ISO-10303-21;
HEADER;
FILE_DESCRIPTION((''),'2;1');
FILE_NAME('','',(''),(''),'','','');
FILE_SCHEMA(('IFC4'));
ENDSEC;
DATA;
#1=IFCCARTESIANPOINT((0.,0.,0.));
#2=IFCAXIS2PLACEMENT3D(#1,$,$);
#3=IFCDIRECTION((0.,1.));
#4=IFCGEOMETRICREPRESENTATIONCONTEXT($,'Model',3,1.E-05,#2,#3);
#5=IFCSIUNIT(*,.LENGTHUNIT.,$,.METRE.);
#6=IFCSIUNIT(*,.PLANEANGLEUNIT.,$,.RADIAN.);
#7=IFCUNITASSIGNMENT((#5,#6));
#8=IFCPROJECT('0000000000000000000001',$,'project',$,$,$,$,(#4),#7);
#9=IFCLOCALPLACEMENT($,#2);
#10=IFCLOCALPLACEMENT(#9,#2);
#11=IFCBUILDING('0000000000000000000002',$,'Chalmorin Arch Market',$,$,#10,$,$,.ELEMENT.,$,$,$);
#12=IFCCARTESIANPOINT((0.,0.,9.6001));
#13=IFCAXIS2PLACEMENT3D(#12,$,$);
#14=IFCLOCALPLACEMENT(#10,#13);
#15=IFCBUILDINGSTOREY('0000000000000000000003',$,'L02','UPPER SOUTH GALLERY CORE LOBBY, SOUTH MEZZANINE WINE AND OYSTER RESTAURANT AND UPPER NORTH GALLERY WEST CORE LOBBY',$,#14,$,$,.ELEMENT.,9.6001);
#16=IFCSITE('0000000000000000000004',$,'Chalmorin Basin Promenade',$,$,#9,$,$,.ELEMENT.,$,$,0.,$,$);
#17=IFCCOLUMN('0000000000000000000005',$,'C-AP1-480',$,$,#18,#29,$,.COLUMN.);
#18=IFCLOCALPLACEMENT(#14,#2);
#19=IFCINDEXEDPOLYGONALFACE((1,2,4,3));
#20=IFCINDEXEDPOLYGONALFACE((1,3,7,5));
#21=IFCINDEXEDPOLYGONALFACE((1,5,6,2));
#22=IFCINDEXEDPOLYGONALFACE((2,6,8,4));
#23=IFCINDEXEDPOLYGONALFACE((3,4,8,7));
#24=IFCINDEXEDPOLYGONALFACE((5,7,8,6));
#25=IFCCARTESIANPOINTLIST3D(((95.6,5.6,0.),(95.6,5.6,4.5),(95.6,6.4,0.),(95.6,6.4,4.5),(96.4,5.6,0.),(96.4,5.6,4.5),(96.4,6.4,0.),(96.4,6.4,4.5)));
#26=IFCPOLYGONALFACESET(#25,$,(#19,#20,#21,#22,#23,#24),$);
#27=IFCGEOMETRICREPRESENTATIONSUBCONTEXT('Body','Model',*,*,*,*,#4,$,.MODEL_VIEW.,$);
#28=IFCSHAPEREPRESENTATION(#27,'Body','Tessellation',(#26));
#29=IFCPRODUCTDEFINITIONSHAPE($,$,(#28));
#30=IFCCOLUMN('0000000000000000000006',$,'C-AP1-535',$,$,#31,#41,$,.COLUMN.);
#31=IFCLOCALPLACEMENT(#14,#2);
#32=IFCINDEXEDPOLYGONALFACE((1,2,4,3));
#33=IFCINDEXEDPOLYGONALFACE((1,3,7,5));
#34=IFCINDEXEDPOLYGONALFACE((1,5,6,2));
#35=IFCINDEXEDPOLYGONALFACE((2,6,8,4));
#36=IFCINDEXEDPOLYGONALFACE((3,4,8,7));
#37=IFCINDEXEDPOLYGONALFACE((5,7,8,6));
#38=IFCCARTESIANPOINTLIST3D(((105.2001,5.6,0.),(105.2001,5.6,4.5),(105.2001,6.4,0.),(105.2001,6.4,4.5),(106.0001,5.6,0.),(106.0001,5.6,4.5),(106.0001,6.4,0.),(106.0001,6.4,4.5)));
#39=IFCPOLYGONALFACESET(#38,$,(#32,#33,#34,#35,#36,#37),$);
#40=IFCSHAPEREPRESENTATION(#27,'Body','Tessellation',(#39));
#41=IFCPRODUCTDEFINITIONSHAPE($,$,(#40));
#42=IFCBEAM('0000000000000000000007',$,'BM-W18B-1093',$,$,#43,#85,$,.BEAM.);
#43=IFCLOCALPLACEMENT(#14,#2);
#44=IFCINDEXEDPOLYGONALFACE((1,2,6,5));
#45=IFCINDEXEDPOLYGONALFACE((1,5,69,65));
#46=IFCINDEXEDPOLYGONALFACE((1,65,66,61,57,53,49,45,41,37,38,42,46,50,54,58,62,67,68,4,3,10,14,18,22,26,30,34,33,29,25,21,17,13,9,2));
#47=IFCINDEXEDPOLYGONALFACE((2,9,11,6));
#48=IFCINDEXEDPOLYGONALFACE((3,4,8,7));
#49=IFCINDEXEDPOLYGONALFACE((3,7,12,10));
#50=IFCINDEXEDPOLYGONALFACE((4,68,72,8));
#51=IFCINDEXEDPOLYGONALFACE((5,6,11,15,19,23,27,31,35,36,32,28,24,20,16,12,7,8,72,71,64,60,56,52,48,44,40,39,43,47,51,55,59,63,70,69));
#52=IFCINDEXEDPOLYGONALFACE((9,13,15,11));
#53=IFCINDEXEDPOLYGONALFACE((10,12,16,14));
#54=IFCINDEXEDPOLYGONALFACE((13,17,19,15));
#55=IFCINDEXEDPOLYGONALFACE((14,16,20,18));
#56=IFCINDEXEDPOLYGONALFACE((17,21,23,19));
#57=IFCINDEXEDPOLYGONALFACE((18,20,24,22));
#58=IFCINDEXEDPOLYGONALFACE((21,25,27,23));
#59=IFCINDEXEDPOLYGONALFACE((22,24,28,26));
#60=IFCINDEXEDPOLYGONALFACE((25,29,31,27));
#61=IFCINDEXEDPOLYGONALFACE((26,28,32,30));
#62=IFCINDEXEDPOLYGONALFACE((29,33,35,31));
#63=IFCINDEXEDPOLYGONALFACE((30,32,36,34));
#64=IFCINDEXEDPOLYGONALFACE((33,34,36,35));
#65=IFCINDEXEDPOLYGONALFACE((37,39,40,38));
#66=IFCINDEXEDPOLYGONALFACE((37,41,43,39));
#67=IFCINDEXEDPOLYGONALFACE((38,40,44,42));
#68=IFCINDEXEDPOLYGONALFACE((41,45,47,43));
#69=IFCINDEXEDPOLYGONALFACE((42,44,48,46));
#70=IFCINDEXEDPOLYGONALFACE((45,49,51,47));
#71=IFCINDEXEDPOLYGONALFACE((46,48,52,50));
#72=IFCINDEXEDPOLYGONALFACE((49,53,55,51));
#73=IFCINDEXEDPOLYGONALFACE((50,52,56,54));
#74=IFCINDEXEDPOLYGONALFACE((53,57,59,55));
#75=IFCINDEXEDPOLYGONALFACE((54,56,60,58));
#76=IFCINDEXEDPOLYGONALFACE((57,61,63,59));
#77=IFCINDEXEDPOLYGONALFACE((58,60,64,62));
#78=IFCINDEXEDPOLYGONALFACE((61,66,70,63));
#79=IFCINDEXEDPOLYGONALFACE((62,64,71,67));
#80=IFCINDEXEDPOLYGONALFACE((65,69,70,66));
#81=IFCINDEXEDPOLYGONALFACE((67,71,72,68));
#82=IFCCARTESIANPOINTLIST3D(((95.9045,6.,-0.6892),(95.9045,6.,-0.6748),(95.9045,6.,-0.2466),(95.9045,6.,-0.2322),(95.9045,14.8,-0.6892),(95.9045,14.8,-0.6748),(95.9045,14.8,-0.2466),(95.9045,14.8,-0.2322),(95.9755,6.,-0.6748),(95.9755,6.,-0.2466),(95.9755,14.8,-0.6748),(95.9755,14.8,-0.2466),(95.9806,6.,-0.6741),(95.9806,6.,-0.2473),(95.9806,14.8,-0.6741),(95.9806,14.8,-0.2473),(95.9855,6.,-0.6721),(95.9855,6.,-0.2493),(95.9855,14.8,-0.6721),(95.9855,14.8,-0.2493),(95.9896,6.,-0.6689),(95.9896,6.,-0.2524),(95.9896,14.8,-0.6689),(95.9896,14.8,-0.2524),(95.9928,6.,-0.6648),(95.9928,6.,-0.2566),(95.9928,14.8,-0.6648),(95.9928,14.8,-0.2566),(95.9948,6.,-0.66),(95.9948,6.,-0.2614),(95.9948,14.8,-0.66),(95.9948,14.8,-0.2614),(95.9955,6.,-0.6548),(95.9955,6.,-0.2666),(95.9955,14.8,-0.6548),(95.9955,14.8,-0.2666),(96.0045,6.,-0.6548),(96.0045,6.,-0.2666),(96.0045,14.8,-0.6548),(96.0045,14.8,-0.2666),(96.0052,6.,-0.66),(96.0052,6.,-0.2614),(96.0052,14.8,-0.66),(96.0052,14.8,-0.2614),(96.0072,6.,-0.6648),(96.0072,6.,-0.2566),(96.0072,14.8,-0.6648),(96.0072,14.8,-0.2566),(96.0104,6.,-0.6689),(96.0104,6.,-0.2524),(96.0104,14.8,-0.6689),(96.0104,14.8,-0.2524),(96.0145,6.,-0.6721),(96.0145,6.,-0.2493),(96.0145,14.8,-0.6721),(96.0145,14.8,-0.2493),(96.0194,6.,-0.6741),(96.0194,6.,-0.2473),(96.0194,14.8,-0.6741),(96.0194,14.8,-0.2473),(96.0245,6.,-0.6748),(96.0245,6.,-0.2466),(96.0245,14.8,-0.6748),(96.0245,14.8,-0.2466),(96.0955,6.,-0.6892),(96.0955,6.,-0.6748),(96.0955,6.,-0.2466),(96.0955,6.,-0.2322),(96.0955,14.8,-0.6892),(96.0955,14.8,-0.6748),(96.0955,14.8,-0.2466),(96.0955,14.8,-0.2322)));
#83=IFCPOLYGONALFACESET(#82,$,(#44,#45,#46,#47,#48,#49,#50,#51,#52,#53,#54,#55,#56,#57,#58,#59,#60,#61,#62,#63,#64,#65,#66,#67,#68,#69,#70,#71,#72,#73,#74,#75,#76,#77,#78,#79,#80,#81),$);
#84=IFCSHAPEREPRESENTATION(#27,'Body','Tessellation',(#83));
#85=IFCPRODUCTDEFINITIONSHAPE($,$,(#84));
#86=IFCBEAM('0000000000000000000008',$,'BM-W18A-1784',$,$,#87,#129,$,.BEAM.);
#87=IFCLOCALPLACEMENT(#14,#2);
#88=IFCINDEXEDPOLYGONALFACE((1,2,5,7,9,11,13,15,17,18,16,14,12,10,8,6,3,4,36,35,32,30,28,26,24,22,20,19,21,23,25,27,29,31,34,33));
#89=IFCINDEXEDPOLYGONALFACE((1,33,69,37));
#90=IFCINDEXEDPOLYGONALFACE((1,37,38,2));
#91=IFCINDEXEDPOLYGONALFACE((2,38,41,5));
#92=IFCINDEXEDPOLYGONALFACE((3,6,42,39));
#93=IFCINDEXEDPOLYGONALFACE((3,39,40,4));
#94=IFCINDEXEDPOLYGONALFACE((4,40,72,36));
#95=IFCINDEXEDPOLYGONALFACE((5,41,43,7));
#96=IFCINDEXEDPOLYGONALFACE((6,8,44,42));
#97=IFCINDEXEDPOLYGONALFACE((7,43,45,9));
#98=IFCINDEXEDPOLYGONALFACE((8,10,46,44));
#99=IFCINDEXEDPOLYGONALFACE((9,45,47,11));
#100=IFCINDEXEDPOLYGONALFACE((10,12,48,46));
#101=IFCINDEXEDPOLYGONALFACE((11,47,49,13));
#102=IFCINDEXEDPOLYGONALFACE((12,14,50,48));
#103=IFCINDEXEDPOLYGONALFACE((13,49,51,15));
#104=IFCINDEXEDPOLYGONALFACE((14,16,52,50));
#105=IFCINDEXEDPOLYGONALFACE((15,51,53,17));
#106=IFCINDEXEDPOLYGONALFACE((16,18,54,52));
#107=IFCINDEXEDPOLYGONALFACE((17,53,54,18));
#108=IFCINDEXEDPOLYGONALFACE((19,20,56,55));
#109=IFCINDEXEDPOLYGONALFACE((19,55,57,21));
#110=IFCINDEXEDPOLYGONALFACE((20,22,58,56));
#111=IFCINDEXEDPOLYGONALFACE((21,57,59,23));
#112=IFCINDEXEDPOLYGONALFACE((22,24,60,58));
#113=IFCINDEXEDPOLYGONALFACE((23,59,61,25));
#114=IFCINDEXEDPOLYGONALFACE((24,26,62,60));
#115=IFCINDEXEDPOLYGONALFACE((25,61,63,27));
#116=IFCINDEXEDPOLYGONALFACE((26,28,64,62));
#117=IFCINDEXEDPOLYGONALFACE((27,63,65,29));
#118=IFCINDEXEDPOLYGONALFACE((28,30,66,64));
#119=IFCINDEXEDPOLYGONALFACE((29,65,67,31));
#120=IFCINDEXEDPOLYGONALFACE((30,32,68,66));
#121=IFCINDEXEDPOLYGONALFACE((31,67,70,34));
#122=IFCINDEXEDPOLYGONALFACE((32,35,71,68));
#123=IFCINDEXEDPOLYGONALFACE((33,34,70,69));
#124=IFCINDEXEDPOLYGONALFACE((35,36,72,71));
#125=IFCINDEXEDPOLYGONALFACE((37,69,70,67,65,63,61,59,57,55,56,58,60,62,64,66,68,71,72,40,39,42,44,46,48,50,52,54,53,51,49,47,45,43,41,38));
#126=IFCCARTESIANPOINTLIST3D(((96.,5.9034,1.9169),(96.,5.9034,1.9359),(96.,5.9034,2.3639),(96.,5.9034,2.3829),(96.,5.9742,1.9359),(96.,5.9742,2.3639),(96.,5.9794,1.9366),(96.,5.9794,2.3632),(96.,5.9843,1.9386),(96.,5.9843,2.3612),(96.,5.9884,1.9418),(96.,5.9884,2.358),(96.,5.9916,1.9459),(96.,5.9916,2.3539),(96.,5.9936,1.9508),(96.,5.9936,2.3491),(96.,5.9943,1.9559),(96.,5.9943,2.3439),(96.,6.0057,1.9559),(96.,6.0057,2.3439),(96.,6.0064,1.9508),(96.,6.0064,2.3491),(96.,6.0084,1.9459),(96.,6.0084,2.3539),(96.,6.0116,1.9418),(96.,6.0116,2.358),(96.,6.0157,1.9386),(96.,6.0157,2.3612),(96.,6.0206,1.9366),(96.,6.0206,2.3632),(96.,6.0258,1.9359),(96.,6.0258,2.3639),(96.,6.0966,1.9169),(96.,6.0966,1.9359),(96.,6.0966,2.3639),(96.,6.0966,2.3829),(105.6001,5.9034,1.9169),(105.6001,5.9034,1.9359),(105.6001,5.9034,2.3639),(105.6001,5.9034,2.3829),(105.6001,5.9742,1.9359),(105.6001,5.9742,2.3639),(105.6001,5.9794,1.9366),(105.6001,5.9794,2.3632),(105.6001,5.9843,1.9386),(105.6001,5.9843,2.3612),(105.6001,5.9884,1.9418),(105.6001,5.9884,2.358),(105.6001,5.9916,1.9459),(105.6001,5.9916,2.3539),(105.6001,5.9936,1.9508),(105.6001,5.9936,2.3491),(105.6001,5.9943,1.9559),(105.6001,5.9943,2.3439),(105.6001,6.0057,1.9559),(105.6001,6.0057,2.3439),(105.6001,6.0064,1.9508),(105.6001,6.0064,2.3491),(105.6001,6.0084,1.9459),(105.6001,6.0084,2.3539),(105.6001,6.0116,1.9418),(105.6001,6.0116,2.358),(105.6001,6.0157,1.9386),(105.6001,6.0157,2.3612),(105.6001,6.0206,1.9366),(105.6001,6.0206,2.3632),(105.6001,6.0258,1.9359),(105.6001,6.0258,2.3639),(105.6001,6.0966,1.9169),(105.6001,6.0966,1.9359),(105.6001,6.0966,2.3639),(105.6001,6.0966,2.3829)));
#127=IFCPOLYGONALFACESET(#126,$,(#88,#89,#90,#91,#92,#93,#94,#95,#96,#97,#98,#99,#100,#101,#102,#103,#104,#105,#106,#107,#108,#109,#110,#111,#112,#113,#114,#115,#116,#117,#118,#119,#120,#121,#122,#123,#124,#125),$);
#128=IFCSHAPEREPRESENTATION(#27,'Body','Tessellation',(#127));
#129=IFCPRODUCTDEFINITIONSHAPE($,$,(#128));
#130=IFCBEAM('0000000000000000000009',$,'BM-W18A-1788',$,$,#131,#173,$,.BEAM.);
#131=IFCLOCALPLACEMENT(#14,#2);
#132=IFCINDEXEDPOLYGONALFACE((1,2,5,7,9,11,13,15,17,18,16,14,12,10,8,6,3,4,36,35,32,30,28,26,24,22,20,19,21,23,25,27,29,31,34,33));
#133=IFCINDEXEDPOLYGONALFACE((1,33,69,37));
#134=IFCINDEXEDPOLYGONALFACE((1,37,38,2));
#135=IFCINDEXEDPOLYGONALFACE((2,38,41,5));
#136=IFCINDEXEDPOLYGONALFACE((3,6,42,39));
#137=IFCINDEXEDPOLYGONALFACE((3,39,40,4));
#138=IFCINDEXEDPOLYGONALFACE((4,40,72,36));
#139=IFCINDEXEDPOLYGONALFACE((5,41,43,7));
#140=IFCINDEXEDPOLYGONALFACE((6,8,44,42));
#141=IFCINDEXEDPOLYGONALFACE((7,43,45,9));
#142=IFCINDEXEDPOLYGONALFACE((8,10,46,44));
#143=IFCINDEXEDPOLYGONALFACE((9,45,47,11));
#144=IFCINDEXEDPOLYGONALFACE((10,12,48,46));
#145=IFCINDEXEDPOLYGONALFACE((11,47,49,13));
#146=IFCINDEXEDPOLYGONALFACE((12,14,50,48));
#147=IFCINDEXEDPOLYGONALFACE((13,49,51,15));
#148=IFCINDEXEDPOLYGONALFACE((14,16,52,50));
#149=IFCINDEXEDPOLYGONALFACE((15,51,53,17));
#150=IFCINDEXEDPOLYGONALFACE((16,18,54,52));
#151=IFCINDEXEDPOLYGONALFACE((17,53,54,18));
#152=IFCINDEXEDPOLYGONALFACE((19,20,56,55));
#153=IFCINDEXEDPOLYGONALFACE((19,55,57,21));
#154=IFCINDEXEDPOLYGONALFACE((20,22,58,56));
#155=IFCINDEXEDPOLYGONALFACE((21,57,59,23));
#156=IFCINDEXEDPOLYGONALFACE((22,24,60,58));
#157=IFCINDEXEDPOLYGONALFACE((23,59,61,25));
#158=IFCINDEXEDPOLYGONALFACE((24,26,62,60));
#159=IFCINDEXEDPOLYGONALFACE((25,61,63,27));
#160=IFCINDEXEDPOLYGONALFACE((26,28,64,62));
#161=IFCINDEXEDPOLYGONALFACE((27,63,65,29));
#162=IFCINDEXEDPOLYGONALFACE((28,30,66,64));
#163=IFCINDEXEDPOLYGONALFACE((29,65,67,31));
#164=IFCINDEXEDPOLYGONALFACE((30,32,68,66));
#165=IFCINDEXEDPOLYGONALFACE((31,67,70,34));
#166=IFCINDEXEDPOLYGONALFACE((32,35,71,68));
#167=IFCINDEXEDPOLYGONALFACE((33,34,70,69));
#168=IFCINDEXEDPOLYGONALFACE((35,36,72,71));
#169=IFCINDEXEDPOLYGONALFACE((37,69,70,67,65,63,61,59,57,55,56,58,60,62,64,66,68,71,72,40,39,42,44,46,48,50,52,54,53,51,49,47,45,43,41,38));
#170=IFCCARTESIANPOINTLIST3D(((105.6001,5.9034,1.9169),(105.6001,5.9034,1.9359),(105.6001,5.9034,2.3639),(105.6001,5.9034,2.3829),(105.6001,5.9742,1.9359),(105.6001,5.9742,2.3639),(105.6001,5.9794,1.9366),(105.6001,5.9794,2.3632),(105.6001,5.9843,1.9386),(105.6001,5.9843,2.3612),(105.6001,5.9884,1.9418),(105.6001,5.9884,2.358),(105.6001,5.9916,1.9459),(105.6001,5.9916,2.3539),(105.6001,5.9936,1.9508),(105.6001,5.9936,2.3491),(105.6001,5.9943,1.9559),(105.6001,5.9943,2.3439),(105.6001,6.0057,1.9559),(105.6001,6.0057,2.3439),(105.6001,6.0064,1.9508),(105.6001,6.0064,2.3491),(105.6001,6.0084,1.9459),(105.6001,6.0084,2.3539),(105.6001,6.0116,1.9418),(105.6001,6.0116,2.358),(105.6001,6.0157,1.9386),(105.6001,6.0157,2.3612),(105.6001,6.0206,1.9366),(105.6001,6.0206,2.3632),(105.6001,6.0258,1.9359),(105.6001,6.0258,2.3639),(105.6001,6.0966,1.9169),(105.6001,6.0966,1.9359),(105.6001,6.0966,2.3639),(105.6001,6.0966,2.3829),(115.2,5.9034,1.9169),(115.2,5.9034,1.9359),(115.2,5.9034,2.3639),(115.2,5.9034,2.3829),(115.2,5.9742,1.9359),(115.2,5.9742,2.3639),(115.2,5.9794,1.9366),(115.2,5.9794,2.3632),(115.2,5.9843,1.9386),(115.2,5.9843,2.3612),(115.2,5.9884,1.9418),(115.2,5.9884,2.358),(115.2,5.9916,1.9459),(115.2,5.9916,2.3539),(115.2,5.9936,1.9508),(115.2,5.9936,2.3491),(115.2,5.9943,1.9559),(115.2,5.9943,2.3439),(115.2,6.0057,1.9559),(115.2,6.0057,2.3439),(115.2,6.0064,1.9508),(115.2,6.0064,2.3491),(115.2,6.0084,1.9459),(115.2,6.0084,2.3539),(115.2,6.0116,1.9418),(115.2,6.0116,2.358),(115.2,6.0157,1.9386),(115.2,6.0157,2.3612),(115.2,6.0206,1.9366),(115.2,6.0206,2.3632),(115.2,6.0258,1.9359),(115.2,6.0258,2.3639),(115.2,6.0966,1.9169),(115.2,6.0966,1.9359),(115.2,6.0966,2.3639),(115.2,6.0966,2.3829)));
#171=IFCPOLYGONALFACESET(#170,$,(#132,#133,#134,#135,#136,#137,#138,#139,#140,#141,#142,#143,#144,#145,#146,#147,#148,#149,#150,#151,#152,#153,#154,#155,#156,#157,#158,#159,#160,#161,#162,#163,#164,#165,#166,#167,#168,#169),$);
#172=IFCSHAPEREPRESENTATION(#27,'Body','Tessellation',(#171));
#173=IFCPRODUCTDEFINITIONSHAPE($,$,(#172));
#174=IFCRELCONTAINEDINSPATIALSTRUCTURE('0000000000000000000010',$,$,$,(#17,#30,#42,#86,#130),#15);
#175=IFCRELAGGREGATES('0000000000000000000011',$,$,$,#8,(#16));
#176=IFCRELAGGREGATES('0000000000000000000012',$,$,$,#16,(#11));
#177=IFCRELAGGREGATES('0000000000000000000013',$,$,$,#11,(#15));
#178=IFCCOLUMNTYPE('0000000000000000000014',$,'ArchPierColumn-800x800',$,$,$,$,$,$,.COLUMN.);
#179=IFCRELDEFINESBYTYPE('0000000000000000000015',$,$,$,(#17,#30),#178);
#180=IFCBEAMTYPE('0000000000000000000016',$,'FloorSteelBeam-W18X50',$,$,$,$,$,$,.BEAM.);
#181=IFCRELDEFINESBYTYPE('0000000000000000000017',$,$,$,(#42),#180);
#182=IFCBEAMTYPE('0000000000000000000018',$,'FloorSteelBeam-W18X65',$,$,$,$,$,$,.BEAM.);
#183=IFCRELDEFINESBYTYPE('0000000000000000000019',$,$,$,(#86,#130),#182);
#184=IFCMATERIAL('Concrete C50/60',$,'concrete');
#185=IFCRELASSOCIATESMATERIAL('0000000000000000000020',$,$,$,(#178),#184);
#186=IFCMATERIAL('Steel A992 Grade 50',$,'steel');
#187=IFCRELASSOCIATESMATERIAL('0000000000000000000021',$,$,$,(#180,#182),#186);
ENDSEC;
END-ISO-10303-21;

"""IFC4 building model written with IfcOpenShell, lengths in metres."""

from ifc_helpers import new_model, si_unit, direction, frame, origin, origin_2d, place, context, subcontext, project, spatial, rectangle, i_section, extrude, material, material_profile, profile_set, type_object, element, save


model = new_model("IFC4")

# Units and contexts
model_context = context("Model", 3, precision=1e-05, world=origin(), true_north=direction((0.0, 1.0)))
body_context = subcontext(model_context, "Body", "Model", "MODEL_VIEW")
ifc_project = project(units=[si_unit("LENGTHUNIT", "METRE"), si_unit("PLANEANGLEUNIT", "RADIAN")], contexts=[model_context])

# Site, building, storey
site_placement = place(None, origin())
site = spatial("IfcSite", under=ifc_project, at=site_placement, Name="Chalmorin Basin Promenade", CompositionType="ELEMENT", RefElevation=0.0)
building_placement = place(site_placement, origin())
building = spatial("IfcBuilding", under=site, at=building_placement, Name="Chalmorin Arch Market", CompositionType="ELEMENT")
storey_placement = place(building_placement, frame((0.0, 0.0, 9.6001)))
storey = spatial("IfcBuildingStorey", under=building, at=storey_placement, Name="L02", Description="UPPER SOUTH GALLERY CORE LOBBY, SOUTH MEZZANINE WINE AND OYSTER RESTAURANT AND UPPER NORTH GALLERY WEST CORE LOBBY", CompositionType="ELEMENT", Elevation=9.6001)

# Columns
ifc_material_1 = material(Name="Concrete C50/60", Category="concrete")
ifc_material_profile_1 = material_profile(ifc_material_1, rectangle(XDim=0.8, YDim=0.8, at=origin_2d()), Name="RC800X800")
ifc_profile_set_1 = profile_set([ifc_material_profile_1], Name="Concrete C50/60")
column_type = type_object("IfcColumnType", Name="ArchPierColumn-800x800", PredefinedType="COLUMN", material=ifc_profile_set_1)
for number, where, z_axis, x_axis, name in (
    (1, (96.0, 6.0, 0.0), (0.0, 0.0, 1.0), (1.0, 0.0, 0.0), "C-AP1-480"),
    (2, (105.6001, 6.0, 0.0), (0.0, 0.0, 1.0), (1.0, 0.0, 0.0), "C-AP1-535"),
):
    element("IfcColumn", number, at=place(storey_placement, frame(where, z_axis=z_axis, x_axis=x_axis)), inside=storey, type_object=column_type, Name=name, PredefinedType="COLUMN", context=body_context, shape_type="SweptSolid", body=[
        extrude(rectangle(XDim=0.8, YDim=0.8, at=origin_2d()), origin(), (0.0, 0.0, 1.0), 4.5),
    ])

# Beams
ifc_material_2 = material(Name="Steel A992 Grade 50", Category="steel")
ifc_material_profile_2 = material_profile(ifc_material_2, i_section(OverallWidth=0.1909, OverallDepth=0.457, WebThickness=0.009, FlangeThickness=0.0144, FilletRadius=0.02, at=origin_2d()), Name="W18X50")
ifc_profile_set_2 = profile_set([ifc_material_profile_2], Name="Steel A992 Grade 50")
beam_type_1 = type_object("IfcBeamType", Name="FloorSteelBeam-W18X50", PredefinedType="BEAM", material=ifc_profile_set_2)
beam_1_placement = place(storey_placement, frame((96.0, 6.0, -0.4607), z_axis=(0.0, 1.0, 0.0), x_axis=(-1.0, 0.0, 0.0)))
element("IfcBeam", 3, at=beam_1_placement, inside=storey, type_object=beam_type_1, Name="BM-W18B-1093", PredefinedType="BEAM", context=body_context, shape_type="SweptSolid", body=[
    extrude(i_section(OverallWidth=0.1909, OverallDepth=0.457, WebThickness=0.009, FlangeThickness=0.0144, FilletRadius=0.02, at=origin_2d()), origin(), (0.0, 0.0, 1.0), 8.8),
])
ifc_material_profile_3 = material_profile(ifc_material_2, i_section(OverallWidth=0.1931, OverallDepth=0.4661, WebThickness=0.0115, FlangeThickness=0.019, FilletRadius=0.02, at=origin_2d()), Name="W18X65")
ifc_profile_set_3 = profile_set([ifc_material_profile_3], Name="Steel A992 Grade 50")
beam_type_2 = type_object("IfcBeamType", Name="FloorSteelBeam-W18X65", PredefinedType="BEAM", material=ifc_profile_set_3)
beam_2_placement = place(storey_placement, frame((96.0, 6.0, 2.1499), z_axis=(1.0, 0.0, 0.0), x_axis=(0.0, 1.0, 0.0)))
element("IfcBeam", 4, at=beam_2_placement, inside=storey, type_object=beam_type_2, Name="BM-W18A-1784", PredefinedType="BEAM", context=body_context, shape_type="SweptSolid", body=[
    extrude(i_section(OverallWidth=0.1931, OverallDepth=0.4661, WebThickness=0.0115, FlangeThickness=0.019, FilletRadius=0.02, at=origin_2d()), origin(), (0.0, 0.0, 1.0), 9.6001),
])
beam_3_placement = place(storey_placement, frame((105.6001, 6.0, 2.1499), z_axis=(1.0, 0.0, 0.0), x_axis=(0.0, 1.0, 0.0)))
element("IfcBeam", 5, at=beam_3_placement, inside=storey, type_object=beam_type_2, Name="BM-W18A-1788", PredefinedType="BEAM", context=body_context, shape_type="SweptSolid", body=[
    extrude(i_section(OverallWidth=0.1931, OverallDepth=0.4661, WebThickness=0.0115, FlangeThickness=0.019, FilletRadius=0.02, at=origin_2d()), origin(), (0.0, 0.0, 1.0), 9.5999),
])

save(model, "model.ifc")
